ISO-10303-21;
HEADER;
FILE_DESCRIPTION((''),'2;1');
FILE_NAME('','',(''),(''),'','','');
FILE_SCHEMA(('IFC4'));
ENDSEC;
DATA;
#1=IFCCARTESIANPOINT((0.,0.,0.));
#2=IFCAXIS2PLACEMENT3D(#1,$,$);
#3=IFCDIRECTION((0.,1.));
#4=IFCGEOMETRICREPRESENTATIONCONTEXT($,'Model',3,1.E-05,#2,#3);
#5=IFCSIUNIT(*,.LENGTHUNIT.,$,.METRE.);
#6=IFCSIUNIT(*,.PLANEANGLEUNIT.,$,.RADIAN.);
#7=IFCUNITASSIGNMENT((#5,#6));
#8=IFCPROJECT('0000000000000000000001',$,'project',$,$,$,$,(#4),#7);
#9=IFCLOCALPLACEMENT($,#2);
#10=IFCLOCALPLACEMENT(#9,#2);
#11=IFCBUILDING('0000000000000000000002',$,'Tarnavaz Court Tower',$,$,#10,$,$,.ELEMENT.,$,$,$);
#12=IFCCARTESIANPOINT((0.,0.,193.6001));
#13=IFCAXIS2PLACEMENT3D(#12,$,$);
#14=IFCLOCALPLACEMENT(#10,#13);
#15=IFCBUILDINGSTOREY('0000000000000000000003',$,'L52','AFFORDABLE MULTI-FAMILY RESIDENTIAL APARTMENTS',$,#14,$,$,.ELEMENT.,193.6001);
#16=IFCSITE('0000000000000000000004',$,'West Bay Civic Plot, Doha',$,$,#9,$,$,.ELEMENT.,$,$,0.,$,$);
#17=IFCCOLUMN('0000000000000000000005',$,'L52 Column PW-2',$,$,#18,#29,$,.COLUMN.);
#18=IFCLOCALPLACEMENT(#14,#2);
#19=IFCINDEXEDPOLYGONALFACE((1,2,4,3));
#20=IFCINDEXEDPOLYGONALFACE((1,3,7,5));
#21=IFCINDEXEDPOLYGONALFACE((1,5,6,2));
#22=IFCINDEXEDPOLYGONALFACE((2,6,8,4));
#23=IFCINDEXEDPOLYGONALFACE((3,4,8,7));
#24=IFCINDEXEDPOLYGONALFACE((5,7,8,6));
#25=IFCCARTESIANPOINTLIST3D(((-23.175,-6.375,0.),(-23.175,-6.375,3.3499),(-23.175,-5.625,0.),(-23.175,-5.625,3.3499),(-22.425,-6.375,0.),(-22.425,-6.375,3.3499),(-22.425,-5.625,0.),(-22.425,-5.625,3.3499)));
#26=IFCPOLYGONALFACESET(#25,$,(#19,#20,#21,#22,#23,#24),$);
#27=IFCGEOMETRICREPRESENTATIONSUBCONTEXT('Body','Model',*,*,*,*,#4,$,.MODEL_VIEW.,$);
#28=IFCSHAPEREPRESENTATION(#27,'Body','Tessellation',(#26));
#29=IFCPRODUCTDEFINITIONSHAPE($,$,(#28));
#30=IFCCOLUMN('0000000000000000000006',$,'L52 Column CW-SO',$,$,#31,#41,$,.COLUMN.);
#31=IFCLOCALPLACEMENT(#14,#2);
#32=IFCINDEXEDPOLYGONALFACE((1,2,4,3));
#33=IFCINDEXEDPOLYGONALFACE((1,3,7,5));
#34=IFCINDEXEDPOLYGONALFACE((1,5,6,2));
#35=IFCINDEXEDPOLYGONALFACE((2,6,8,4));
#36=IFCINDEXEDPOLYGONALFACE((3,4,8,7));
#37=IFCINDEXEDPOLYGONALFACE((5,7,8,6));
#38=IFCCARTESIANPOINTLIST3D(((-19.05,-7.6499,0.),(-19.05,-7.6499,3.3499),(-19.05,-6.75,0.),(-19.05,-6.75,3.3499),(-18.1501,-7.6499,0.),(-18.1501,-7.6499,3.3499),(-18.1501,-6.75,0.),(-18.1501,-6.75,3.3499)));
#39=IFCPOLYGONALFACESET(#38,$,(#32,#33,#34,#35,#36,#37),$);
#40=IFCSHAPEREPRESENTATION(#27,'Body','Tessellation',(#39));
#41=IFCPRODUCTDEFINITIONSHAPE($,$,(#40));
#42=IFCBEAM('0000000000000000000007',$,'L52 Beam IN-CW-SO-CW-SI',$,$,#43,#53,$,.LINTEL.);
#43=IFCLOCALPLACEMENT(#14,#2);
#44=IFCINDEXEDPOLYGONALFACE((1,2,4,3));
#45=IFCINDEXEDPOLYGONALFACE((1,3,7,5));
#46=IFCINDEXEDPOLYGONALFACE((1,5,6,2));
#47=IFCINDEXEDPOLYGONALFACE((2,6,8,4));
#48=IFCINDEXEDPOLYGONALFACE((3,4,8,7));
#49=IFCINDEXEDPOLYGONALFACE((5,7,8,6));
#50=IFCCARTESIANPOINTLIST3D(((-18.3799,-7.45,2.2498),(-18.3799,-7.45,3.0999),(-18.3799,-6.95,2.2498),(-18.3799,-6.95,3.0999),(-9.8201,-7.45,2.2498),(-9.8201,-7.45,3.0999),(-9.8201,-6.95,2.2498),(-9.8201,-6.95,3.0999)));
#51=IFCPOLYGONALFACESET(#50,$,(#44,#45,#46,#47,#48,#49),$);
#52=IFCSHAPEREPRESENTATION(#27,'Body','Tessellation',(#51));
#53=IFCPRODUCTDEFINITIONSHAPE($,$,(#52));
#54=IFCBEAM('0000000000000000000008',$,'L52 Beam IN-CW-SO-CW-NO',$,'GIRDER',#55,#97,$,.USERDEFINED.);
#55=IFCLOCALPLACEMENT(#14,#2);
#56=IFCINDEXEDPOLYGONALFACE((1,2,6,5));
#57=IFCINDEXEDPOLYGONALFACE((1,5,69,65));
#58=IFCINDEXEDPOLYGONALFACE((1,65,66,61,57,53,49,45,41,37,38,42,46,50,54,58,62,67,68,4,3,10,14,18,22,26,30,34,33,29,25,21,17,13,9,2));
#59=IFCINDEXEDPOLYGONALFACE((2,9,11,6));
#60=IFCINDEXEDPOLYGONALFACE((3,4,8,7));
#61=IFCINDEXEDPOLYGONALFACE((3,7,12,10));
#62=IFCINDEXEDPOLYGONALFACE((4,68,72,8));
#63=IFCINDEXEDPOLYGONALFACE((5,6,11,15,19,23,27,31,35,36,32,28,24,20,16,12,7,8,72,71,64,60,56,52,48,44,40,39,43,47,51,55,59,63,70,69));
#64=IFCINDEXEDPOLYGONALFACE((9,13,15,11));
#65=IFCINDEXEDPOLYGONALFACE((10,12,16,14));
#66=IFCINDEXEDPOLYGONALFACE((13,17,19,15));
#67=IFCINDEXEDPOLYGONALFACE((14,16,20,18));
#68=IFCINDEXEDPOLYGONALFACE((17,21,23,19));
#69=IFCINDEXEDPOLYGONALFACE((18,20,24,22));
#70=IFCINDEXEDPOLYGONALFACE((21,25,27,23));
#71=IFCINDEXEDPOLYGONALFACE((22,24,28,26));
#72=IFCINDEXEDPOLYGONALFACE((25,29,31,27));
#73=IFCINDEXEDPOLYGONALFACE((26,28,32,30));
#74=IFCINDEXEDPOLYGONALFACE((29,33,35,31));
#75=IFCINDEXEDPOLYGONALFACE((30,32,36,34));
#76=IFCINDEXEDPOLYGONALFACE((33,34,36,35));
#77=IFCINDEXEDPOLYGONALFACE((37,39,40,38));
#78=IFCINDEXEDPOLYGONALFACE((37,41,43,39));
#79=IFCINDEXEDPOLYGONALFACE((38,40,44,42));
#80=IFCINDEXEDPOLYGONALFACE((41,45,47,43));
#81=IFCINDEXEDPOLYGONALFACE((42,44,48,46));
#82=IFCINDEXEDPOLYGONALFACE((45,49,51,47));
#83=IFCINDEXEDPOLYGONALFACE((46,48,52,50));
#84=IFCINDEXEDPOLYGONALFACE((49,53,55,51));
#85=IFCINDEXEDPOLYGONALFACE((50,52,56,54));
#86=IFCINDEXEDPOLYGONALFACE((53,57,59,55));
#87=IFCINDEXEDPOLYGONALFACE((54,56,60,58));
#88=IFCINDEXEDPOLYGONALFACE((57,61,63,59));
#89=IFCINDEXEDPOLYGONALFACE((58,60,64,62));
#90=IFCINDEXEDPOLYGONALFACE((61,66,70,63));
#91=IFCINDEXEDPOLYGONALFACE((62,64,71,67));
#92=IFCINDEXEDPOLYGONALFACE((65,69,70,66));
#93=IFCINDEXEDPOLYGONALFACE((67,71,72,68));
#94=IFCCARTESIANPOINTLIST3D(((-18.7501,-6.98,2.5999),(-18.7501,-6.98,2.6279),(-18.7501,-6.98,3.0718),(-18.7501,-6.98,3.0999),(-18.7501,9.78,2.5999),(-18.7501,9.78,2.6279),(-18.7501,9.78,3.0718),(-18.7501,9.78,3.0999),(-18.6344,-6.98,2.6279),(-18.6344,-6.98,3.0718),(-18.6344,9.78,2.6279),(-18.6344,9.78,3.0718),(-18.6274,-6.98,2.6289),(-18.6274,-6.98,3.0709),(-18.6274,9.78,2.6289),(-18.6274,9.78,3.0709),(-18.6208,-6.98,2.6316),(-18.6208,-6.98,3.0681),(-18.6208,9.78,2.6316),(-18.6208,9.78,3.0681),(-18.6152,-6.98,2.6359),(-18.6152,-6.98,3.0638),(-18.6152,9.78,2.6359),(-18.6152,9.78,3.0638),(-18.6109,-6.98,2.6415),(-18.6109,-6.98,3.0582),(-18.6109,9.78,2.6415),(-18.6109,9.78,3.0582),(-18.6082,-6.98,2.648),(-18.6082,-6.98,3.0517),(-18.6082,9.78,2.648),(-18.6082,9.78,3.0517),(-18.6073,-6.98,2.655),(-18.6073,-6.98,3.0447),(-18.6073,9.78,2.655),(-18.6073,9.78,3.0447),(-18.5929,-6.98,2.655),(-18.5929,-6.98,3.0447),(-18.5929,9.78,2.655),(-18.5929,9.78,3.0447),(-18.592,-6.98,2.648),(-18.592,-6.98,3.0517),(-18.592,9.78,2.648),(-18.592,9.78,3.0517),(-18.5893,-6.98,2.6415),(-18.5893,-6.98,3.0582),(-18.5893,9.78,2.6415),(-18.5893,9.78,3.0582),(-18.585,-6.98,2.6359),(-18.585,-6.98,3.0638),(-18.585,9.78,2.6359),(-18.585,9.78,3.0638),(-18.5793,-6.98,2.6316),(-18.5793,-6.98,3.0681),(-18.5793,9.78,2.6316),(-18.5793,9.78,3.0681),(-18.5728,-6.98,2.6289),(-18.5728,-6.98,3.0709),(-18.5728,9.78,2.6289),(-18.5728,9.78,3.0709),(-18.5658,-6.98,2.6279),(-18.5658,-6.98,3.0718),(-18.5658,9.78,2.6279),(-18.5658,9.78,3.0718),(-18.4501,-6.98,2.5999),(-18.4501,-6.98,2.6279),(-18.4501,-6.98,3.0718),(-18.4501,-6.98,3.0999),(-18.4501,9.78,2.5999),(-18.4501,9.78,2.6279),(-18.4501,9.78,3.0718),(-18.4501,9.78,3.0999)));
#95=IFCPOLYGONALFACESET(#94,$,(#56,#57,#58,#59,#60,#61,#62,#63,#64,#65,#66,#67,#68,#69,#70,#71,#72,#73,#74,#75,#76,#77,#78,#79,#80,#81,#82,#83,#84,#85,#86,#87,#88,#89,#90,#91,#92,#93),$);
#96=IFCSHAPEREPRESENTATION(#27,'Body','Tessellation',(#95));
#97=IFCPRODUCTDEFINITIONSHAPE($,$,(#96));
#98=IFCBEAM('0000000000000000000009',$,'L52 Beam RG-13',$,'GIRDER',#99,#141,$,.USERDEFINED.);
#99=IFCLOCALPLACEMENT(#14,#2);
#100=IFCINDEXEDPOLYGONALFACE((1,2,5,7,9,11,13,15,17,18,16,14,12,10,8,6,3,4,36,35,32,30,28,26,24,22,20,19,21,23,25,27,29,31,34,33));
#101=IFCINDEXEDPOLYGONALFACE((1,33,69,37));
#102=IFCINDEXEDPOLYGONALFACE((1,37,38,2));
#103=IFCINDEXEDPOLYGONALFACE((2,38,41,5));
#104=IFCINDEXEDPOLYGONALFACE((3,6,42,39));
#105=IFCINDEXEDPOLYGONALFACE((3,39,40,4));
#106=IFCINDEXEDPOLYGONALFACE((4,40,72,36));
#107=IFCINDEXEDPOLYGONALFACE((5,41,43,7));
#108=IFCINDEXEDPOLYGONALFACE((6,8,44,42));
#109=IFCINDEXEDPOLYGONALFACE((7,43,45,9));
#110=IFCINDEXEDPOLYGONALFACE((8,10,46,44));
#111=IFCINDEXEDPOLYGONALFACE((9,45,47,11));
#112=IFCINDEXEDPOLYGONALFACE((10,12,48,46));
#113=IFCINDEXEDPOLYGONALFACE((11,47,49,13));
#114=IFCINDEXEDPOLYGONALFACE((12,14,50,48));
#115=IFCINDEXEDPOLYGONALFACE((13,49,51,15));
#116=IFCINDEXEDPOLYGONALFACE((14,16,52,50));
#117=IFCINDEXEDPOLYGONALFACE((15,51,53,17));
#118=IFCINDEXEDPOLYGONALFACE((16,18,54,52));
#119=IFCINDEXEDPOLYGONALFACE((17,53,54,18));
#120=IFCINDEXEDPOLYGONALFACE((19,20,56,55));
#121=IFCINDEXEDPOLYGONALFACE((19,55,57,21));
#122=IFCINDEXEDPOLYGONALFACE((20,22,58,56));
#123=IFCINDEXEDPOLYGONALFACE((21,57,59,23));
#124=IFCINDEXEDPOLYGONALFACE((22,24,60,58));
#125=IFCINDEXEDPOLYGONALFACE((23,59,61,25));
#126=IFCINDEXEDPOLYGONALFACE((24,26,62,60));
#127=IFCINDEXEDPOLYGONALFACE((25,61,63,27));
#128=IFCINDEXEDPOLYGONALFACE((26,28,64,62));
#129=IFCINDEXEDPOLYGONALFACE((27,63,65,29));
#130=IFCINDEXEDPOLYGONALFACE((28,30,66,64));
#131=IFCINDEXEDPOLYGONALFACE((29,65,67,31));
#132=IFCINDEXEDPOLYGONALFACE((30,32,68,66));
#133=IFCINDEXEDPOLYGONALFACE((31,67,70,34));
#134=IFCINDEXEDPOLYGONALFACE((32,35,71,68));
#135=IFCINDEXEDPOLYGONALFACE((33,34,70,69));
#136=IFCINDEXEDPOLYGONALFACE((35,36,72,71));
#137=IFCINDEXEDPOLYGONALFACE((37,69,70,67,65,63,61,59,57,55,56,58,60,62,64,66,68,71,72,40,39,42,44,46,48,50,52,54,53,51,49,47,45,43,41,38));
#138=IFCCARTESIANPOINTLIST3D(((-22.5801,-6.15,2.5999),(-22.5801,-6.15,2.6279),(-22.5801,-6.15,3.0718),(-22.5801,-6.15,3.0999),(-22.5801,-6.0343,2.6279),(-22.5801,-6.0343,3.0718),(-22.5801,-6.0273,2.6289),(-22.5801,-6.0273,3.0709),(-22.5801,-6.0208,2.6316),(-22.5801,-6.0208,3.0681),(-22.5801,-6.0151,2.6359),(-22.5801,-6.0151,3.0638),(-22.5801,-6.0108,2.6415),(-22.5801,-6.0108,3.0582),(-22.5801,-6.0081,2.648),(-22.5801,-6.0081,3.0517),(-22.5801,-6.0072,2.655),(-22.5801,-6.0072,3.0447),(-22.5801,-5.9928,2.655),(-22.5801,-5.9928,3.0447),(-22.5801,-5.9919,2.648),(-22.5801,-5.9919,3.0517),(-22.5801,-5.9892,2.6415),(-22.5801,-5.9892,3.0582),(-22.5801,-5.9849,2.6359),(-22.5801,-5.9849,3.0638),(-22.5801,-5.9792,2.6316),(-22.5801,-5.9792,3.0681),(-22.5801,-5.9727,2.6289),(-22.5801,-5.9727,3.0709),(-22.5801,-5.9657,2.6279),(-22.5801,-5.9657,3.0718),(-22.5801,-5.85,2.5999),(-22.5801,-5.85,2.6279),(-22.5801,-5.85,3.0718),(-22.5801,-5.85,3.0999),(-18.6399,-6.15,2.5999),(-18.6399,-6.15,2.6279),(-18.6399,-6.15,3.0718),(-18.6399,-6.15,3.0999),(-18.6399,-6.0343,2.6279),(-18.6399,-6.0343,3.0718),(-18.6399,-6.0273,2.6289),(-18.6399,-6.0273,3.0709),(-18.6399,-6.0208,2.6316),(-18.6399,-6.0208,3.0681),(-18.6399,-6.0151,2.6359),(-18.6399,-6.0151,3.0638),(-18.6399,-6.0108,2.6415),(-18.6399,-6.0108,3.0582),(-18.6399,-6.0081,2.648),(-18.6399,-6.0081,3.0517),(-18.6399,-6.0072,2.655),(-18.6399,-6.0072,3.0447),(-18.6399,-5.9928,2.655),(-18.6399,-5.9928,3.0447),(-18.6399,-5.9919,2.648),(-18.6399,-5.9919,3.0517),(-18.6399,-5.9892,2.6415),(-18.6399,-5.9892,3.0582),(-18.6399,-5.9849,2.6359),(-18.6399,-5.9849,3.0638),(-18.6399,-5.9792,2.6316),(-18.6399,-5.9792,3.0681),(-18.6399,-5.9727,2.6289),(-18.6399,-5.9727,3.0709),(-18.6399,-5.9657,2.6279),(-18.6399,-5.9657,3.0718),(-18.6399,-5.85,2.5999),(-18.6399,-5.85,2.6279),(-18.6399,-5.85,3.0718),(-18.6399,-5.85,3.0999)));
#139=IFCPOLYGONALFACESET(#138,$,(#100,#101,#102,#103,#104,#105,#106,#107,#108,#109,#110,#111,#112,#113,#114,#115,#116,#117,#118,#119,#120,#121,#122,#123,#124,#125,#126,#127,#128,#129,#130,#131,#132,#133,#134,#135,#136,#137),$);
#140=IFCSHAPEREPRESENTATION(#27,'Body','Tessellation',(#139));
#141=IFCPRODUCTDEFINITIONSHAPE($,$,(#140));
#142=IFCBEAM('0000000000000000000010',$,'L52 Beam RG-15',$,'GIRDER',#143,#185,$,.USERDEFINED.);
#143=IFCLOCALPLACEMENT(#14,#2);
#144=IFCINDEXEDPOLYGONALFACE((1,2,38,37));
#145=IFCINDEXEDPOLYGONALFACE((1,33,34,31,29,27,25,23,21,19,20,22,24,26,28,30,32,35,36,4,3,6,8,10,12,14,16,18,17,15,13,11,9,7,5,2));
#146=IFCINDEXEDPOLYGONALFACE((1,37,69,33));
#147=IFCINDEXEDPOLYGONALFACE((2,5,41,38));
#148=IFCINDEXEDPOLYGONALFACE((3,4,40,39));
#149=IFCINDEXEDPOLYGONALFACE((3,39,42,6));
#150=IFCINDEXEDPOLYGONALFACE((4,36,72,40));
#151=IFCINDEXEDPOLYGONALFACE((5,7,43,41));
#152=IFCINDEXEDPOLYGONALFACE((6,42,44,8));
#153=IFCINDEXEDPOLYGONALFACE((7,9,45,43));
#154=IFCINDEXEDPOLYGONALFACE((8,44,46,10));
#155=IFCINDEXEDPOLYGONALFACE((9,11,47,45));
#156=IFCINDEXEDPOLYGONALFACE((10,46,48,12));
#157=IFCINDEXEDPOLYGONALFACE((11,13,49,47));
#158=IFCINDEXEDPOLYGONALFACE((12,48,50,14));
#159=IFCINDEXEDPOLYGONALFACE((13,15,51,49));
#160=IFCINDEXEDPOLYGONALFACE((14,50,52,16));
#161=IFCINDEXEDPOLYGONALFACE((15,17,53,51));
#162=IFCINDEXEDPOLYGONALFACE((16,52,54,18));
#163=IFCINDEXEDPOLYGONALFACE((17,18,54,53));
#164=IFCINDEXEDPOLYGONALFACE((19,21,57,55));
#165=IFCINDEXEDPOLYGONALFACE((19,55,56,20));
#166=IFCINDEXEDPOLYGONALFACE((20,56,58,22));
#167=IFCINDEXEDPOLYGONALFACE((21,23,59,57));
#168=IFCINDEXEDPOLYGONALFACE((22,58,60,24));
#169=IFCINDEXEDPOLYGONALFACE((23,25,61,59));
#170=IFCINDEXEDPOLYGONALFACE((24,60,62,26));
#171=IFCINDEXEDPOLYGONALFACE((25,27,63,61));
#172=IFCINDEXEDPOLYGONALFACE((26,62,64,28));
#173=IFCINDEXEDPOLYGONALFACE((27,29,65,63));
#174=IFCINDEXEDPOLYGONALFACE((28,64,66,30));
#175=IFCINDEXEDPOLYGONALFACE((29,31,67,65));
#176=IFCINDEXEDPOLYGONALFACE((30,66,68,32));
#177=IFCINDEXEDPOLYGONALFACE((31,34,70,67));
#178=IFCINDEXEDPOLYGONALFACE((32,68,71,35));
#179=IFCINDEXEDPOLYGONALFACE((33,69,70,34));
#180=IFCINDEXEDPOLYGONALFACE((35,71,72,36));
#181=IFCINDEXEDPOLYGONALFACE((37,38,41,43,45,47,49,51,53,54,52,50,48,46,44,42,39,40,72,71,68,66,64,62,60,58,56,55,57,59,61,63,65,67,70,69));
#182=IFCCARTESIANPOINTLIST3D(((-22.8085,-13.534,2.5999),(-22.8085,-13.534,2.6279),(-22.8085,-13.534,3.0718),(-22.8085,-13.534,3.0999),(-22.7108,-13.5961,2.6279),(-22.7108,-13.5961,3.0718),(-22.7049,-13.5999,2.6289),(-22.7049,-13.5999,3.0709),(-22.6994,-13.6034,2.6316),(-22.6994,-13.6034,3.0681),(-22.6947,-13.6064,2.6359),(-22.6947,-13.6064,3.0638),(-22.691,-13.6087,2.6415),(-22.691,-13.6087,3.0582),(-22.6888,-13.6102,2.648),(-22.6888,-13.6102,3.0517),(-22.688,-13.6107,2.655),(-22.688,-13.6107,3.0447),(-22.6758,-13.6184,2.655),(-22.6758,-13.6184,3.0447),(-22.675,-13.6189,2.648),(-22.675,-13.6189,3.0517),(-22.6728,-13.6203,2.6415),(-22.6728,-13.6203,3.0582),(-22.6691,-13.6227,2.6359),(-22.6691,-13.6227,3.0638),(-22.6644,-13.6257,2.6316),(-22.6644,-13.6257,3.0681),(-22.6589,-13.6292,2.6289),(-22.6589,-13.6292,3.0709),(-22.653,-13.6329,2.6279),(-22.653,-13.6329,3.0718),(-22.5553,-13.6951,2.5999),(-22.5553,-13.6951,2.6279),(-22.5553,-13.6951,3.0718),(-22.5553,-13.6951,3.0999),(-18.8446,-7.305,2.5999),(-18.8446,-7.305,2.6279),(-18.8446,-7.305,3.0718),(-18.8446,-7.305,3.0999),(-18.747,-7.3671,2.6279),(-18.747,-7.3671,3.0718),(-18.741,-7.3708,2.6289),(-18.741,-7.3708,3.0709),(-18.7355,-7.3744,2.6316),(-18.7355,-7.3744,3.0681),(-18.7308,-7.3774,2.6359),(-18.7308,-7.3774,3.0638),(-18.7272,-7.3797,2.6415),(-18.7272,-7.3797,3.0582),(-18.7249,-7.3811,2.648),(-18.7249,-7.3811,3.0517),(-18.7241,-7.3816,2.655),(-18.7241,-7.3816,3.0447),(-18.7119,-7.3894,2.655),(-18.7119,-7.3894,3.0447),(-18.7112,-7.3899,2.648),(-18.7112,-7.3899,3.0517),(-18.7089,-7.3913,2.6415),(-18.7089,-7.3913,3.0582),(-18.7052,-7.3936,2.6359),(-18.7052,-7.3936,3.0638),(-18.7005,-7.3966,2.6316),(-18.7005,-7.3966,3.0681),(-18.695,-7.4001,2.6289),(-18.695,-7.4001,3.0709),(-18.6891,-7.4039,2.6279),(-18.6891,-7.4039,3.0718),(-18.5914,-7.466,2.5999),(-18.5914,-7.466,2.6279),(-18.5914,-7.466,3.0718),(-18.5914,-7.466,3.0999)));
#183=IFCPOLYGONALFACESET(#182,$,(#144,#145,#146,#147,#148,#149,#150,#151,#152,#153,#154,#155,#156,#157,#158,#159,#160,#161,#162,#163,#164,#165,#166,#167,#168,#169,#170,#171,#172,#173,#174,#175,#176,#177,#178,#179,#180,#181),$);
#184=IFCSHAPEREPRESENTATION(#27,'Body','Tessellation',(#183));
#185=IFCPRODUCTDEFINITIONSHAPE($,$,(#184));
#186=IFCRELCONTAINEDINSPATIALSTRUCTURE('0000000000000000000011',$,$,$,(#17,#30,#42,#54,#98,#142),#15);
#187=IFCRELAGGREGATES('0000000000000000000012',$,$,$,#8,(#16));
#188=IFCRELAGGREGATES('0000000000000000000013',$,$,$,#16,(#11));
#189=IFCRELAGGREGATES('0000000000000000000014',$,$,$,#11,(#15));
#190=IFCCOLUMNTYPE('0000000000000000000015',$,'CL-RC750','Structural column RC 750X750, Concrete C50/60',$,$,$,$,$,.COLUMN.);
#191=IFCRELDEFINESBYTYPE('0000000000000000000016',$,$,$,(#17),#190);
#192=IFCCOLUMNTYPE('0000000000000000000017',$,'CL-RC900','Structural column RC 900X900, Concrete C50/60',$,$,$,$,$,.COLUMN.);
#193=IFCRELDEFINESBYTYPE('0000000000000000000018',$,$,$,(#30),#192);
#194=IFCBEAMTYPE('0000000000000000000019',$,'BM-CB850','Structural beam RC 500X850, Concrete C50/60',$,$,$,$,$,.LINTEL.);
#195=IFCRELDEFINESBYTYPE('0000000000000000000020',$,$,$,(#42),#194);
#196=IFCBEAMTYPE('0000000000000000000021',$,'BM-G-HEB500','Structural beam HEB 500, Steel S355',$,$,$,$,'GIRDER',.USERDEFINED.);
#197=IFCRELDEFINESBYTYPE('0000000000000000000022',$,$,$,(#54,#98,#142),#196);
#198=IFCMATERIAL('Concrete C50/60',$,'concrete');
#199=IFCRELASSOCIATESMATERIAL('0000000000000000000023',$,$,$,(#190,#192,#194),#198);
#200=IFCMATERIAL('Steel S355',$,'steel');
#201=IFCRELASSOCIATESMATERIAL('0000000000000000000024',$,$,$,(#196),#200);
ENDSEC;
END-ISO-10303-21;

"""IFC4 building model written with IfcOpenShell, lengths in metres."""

from ifc_helpers import new_model, si_unit, direction, frame, origin, origin_2d, place, context, subcontext, project, spatial, rectangle, i_section, extrude, material, material_profile, profile_set, type_object, element, save


model = new_model("IFC4")

# Units and contexts
model_context = context("Model", 3, precision=1e-05, world=origin(), true_north=direction((0.0, 1.0)))
body_context = subcontext(model_context, "Body", "Model", "MODEL_VIEW")
ifc_project = project(units=[si_unit("LENGTHUNIT", "METRE"), si_unit("PLANEANGLEUNIT", "RADIAN")], contexts=[model_context])

# Site, building, storey
site_placement = place(None, origin())
site = spatial("IfcSite", under=ifc_project, at=site_placement, Name="West Bay Civic Plot, Doha", CompositionType="ELEMENT", RefElevation=0.0)
building_placement = place(site_placement, origin())
building = spatial("IfcBuilding", under=site, at=building_placement, Name="Tarnavaz Court Tower", CompositionType="ELEMENT")
storey_placement = place(building_placement, frame((0.0, 0.0, 193.6001)))
storey = spatial("IfcBuildingStorey", under=building, at=storey_placement, Name="L52", Description="AFFORDABLE MULTI-FAMILY RESIDENTIAL APARTMENTS", CompositionType="ELEMENT", Elevation=193.6001)

# Columns
ifc_material_1 = material(Name="Concrete C50/60", Category="concrete")
ifc_material_profile_1 = material_profile(ifc_material_1, rectangle(XDim=0.75, YDim=0.75, at=origin_2d()), Name="RC 750X750")
ifc_profile_set_1 = profile_set([ifc_material_profile_1], Name="Concrete C50/60")
column_type_1 = type_object("IfcColumnType", Name="CL-RC750", Description="Structural column RC 750X750, Concrete C50/60", PredefinedType="COLUMN", material=ifc_profile_set_1)
column_1_placement = place(storey_placement, frame((-22.8, -6.0, 0.0), z_axis=(0.0, 0.0, 1.0), x_axis=(1.0, 0.0, 0.0)))
element("IfcColumn", 1, at=column_1_placement, inside=storey, type_object=column_type_1, Name="L52 Column PW-2", PredefinedType="COLUMN", context=body_context, shape_type="SweptSolid", body=[
    extrude(rectangle(XDim=0.75, YDim=0.75, at=origin_2d()), origin(), (0.0, 0.0, 1.0), 3.3499),
])
ifc_material_profile_2 = material_profile(ifc_material_1, rectangle(XDim=0.8999, YDim=0.8999, at=origin_2d()), Name="RC 900X900")
ifc_profile_set_2 = profile_set([ifc_material_profile_2], Name="Concrete C50/60")
column_type_2 = type_object("IfcColumnType", Name="CL-RC900", Description="Structural column RC 900X900, Concrete C50/60", PredefinedType="COLUMN", material=ifc_profile_set_2)
column_2_placement = place(storey_placement, frame((-18.6001, -7.2, 0.0), z_axis=(0.0, 0.0, 1.0), x_axis=(1.0, 0.0, 0.0)))
element("IfcColumn", 2, at=column_2_placement, inside=storey, type_object=column_type_2, Name="L52 Column CW-SO", PredefinedType="COLUMN", context=body_context, shape_type="SweptSolid", body=[
    extrude(rectangle(XDim=0.8999, YDim=0.8999, at=origin_2d()), origin(), (0.0, 0.0, 1.0), 3.3499),
])

# Beams
ifc_material_profile_3 = material_profile(ifc_material_1, rectangle(XDim=0.5, YDim=0.8501, at=origin_2d()), Name="RC 500X850")
ifc_profile_set_3 = profile_set([ifc_material_profile_3], Name="Concrete C50/60")
beam_type_1 = type_object("IfcBeamType", Name="BM-CB850", Description="Structural beam RC 500X850, Concrete C50/60", PredefinedType="LINTEL", material=ifc_profile_set_3)
beam_1_placement = place(storey_placement, frame((-18.3799, -7.2, 2.6748), z_axis=(1.0, 0.0, 0.0), x_axis=(0.0, 1.0, 0.0)))
element("IfcBeam", 3, at=beam_1_placement, inside=storey, type_object=beam_type_1, Name="L52 Beam IN-CW-SO-CW-SI", PredefinedType="LINTEL", context=body_context, shape_type="SweptSolid", body=[
    extrude(rectangle(XDim=0.5, YDim=0.8501, at=origin_2d()), origin(), (0.0, 0.0, 1.0), 8.5598),
])
ifc_material_2 = material(Name="Steel S355", Category="steel")
ifc_material_profile_4 = material_profile(ifc_material_2, i_section(OverallWidth=0.3, OverallDepth=0.5, WebThickness=0.0144, FlangeThickness=0.0281, FilletRadius=0.0271, at=origin_2d()), Name="HEB 500")
ifc_profile_set_4 = profile_set([ifc_material_profile_4], Name="Steel S355")
beam_type_2 = type_object("IfcBeamType", Name="BM-G-HEB500", Description="Structural beam HEB 500, Steel S355", ElementType="GIRDER", PredefinedType="USERDEFINED", material=ifc_profile_set_4)
beam_2_placement = place(storey_placement, frame((-18.6001, -6.98, 2.8499), z_axis=(0.0, 1.0, 0.0), x_axis=(-1.0, 0.0, 0.0)))
element("IfcBeam", 4, at=beam_2_placement, inside=storey, type_object=beam_type_2, Name="L52 Beam IN-CW-SO-CW-NO", ObjectType="GIRDER", PredefinedType="USERDEFINED", context=body_context, shape_type="SweptSolid", body=[
    extrude(i_section(OverallWidth=0.3, OverallDepth=0.5, WebThickness=0.0144, FlangeThickness=0.0281, FilletRadius=0.0271, at=origin_2d()), origin(), (0.0, 0.0, 1.0), 16.76),
])
beam_3_placement = place(storey_placement, frame((-18.6399, -6.0, 2.8499), z_axis=(-1.0, 0.0, 0.0), x_axis=(0.0, -1.0, 0.0)))
element("IfcBeam", 5, at=beam_3_placement, inside=storey, type_object=beam_type_2, Name="L52 Beam RG-13", ObjectType="GIRDER", PredefinedType="USERDEFINED", context=body_context, shape_type="SweptSolid", body=[
    extrude(i_section(OverallWidth=0.3, OverallDepth=0.5, WebThickness=0.0144, FlangeThickness=0.0281, FilletRadius=0.0271, at=origin_2d()), origin(), (0.0, 0.0, 1.0), 3.9402),
])
beam_4_placement = place(storey_placement, frame((-18.718, -7.3855, 2.8499), z_axis=(-0.536871, -0.843664, 0.0), x_axis=(0.843664, -0.536871, 0.0)))
element("IfcBeam", 6, at=beam_4_placement, inside=storey, type_object=beam_type_2, Name="L52 Beam RG-15", ObjectType="GIRDER", PredefinedType="USERDEFINED", context=body_context, shape_type="SweptSolid", body=[
    extrude(i_section(OverallWidth=0.3, OverallDepth=0.5, WebThickness=0.0144, FlangeThickness=0.0281, FilletRadius=0.0271, at=origin_2d()), origin(), (0.0, 0.0, 1.0), 7.3833),
])

save(model, "model.ifc")
